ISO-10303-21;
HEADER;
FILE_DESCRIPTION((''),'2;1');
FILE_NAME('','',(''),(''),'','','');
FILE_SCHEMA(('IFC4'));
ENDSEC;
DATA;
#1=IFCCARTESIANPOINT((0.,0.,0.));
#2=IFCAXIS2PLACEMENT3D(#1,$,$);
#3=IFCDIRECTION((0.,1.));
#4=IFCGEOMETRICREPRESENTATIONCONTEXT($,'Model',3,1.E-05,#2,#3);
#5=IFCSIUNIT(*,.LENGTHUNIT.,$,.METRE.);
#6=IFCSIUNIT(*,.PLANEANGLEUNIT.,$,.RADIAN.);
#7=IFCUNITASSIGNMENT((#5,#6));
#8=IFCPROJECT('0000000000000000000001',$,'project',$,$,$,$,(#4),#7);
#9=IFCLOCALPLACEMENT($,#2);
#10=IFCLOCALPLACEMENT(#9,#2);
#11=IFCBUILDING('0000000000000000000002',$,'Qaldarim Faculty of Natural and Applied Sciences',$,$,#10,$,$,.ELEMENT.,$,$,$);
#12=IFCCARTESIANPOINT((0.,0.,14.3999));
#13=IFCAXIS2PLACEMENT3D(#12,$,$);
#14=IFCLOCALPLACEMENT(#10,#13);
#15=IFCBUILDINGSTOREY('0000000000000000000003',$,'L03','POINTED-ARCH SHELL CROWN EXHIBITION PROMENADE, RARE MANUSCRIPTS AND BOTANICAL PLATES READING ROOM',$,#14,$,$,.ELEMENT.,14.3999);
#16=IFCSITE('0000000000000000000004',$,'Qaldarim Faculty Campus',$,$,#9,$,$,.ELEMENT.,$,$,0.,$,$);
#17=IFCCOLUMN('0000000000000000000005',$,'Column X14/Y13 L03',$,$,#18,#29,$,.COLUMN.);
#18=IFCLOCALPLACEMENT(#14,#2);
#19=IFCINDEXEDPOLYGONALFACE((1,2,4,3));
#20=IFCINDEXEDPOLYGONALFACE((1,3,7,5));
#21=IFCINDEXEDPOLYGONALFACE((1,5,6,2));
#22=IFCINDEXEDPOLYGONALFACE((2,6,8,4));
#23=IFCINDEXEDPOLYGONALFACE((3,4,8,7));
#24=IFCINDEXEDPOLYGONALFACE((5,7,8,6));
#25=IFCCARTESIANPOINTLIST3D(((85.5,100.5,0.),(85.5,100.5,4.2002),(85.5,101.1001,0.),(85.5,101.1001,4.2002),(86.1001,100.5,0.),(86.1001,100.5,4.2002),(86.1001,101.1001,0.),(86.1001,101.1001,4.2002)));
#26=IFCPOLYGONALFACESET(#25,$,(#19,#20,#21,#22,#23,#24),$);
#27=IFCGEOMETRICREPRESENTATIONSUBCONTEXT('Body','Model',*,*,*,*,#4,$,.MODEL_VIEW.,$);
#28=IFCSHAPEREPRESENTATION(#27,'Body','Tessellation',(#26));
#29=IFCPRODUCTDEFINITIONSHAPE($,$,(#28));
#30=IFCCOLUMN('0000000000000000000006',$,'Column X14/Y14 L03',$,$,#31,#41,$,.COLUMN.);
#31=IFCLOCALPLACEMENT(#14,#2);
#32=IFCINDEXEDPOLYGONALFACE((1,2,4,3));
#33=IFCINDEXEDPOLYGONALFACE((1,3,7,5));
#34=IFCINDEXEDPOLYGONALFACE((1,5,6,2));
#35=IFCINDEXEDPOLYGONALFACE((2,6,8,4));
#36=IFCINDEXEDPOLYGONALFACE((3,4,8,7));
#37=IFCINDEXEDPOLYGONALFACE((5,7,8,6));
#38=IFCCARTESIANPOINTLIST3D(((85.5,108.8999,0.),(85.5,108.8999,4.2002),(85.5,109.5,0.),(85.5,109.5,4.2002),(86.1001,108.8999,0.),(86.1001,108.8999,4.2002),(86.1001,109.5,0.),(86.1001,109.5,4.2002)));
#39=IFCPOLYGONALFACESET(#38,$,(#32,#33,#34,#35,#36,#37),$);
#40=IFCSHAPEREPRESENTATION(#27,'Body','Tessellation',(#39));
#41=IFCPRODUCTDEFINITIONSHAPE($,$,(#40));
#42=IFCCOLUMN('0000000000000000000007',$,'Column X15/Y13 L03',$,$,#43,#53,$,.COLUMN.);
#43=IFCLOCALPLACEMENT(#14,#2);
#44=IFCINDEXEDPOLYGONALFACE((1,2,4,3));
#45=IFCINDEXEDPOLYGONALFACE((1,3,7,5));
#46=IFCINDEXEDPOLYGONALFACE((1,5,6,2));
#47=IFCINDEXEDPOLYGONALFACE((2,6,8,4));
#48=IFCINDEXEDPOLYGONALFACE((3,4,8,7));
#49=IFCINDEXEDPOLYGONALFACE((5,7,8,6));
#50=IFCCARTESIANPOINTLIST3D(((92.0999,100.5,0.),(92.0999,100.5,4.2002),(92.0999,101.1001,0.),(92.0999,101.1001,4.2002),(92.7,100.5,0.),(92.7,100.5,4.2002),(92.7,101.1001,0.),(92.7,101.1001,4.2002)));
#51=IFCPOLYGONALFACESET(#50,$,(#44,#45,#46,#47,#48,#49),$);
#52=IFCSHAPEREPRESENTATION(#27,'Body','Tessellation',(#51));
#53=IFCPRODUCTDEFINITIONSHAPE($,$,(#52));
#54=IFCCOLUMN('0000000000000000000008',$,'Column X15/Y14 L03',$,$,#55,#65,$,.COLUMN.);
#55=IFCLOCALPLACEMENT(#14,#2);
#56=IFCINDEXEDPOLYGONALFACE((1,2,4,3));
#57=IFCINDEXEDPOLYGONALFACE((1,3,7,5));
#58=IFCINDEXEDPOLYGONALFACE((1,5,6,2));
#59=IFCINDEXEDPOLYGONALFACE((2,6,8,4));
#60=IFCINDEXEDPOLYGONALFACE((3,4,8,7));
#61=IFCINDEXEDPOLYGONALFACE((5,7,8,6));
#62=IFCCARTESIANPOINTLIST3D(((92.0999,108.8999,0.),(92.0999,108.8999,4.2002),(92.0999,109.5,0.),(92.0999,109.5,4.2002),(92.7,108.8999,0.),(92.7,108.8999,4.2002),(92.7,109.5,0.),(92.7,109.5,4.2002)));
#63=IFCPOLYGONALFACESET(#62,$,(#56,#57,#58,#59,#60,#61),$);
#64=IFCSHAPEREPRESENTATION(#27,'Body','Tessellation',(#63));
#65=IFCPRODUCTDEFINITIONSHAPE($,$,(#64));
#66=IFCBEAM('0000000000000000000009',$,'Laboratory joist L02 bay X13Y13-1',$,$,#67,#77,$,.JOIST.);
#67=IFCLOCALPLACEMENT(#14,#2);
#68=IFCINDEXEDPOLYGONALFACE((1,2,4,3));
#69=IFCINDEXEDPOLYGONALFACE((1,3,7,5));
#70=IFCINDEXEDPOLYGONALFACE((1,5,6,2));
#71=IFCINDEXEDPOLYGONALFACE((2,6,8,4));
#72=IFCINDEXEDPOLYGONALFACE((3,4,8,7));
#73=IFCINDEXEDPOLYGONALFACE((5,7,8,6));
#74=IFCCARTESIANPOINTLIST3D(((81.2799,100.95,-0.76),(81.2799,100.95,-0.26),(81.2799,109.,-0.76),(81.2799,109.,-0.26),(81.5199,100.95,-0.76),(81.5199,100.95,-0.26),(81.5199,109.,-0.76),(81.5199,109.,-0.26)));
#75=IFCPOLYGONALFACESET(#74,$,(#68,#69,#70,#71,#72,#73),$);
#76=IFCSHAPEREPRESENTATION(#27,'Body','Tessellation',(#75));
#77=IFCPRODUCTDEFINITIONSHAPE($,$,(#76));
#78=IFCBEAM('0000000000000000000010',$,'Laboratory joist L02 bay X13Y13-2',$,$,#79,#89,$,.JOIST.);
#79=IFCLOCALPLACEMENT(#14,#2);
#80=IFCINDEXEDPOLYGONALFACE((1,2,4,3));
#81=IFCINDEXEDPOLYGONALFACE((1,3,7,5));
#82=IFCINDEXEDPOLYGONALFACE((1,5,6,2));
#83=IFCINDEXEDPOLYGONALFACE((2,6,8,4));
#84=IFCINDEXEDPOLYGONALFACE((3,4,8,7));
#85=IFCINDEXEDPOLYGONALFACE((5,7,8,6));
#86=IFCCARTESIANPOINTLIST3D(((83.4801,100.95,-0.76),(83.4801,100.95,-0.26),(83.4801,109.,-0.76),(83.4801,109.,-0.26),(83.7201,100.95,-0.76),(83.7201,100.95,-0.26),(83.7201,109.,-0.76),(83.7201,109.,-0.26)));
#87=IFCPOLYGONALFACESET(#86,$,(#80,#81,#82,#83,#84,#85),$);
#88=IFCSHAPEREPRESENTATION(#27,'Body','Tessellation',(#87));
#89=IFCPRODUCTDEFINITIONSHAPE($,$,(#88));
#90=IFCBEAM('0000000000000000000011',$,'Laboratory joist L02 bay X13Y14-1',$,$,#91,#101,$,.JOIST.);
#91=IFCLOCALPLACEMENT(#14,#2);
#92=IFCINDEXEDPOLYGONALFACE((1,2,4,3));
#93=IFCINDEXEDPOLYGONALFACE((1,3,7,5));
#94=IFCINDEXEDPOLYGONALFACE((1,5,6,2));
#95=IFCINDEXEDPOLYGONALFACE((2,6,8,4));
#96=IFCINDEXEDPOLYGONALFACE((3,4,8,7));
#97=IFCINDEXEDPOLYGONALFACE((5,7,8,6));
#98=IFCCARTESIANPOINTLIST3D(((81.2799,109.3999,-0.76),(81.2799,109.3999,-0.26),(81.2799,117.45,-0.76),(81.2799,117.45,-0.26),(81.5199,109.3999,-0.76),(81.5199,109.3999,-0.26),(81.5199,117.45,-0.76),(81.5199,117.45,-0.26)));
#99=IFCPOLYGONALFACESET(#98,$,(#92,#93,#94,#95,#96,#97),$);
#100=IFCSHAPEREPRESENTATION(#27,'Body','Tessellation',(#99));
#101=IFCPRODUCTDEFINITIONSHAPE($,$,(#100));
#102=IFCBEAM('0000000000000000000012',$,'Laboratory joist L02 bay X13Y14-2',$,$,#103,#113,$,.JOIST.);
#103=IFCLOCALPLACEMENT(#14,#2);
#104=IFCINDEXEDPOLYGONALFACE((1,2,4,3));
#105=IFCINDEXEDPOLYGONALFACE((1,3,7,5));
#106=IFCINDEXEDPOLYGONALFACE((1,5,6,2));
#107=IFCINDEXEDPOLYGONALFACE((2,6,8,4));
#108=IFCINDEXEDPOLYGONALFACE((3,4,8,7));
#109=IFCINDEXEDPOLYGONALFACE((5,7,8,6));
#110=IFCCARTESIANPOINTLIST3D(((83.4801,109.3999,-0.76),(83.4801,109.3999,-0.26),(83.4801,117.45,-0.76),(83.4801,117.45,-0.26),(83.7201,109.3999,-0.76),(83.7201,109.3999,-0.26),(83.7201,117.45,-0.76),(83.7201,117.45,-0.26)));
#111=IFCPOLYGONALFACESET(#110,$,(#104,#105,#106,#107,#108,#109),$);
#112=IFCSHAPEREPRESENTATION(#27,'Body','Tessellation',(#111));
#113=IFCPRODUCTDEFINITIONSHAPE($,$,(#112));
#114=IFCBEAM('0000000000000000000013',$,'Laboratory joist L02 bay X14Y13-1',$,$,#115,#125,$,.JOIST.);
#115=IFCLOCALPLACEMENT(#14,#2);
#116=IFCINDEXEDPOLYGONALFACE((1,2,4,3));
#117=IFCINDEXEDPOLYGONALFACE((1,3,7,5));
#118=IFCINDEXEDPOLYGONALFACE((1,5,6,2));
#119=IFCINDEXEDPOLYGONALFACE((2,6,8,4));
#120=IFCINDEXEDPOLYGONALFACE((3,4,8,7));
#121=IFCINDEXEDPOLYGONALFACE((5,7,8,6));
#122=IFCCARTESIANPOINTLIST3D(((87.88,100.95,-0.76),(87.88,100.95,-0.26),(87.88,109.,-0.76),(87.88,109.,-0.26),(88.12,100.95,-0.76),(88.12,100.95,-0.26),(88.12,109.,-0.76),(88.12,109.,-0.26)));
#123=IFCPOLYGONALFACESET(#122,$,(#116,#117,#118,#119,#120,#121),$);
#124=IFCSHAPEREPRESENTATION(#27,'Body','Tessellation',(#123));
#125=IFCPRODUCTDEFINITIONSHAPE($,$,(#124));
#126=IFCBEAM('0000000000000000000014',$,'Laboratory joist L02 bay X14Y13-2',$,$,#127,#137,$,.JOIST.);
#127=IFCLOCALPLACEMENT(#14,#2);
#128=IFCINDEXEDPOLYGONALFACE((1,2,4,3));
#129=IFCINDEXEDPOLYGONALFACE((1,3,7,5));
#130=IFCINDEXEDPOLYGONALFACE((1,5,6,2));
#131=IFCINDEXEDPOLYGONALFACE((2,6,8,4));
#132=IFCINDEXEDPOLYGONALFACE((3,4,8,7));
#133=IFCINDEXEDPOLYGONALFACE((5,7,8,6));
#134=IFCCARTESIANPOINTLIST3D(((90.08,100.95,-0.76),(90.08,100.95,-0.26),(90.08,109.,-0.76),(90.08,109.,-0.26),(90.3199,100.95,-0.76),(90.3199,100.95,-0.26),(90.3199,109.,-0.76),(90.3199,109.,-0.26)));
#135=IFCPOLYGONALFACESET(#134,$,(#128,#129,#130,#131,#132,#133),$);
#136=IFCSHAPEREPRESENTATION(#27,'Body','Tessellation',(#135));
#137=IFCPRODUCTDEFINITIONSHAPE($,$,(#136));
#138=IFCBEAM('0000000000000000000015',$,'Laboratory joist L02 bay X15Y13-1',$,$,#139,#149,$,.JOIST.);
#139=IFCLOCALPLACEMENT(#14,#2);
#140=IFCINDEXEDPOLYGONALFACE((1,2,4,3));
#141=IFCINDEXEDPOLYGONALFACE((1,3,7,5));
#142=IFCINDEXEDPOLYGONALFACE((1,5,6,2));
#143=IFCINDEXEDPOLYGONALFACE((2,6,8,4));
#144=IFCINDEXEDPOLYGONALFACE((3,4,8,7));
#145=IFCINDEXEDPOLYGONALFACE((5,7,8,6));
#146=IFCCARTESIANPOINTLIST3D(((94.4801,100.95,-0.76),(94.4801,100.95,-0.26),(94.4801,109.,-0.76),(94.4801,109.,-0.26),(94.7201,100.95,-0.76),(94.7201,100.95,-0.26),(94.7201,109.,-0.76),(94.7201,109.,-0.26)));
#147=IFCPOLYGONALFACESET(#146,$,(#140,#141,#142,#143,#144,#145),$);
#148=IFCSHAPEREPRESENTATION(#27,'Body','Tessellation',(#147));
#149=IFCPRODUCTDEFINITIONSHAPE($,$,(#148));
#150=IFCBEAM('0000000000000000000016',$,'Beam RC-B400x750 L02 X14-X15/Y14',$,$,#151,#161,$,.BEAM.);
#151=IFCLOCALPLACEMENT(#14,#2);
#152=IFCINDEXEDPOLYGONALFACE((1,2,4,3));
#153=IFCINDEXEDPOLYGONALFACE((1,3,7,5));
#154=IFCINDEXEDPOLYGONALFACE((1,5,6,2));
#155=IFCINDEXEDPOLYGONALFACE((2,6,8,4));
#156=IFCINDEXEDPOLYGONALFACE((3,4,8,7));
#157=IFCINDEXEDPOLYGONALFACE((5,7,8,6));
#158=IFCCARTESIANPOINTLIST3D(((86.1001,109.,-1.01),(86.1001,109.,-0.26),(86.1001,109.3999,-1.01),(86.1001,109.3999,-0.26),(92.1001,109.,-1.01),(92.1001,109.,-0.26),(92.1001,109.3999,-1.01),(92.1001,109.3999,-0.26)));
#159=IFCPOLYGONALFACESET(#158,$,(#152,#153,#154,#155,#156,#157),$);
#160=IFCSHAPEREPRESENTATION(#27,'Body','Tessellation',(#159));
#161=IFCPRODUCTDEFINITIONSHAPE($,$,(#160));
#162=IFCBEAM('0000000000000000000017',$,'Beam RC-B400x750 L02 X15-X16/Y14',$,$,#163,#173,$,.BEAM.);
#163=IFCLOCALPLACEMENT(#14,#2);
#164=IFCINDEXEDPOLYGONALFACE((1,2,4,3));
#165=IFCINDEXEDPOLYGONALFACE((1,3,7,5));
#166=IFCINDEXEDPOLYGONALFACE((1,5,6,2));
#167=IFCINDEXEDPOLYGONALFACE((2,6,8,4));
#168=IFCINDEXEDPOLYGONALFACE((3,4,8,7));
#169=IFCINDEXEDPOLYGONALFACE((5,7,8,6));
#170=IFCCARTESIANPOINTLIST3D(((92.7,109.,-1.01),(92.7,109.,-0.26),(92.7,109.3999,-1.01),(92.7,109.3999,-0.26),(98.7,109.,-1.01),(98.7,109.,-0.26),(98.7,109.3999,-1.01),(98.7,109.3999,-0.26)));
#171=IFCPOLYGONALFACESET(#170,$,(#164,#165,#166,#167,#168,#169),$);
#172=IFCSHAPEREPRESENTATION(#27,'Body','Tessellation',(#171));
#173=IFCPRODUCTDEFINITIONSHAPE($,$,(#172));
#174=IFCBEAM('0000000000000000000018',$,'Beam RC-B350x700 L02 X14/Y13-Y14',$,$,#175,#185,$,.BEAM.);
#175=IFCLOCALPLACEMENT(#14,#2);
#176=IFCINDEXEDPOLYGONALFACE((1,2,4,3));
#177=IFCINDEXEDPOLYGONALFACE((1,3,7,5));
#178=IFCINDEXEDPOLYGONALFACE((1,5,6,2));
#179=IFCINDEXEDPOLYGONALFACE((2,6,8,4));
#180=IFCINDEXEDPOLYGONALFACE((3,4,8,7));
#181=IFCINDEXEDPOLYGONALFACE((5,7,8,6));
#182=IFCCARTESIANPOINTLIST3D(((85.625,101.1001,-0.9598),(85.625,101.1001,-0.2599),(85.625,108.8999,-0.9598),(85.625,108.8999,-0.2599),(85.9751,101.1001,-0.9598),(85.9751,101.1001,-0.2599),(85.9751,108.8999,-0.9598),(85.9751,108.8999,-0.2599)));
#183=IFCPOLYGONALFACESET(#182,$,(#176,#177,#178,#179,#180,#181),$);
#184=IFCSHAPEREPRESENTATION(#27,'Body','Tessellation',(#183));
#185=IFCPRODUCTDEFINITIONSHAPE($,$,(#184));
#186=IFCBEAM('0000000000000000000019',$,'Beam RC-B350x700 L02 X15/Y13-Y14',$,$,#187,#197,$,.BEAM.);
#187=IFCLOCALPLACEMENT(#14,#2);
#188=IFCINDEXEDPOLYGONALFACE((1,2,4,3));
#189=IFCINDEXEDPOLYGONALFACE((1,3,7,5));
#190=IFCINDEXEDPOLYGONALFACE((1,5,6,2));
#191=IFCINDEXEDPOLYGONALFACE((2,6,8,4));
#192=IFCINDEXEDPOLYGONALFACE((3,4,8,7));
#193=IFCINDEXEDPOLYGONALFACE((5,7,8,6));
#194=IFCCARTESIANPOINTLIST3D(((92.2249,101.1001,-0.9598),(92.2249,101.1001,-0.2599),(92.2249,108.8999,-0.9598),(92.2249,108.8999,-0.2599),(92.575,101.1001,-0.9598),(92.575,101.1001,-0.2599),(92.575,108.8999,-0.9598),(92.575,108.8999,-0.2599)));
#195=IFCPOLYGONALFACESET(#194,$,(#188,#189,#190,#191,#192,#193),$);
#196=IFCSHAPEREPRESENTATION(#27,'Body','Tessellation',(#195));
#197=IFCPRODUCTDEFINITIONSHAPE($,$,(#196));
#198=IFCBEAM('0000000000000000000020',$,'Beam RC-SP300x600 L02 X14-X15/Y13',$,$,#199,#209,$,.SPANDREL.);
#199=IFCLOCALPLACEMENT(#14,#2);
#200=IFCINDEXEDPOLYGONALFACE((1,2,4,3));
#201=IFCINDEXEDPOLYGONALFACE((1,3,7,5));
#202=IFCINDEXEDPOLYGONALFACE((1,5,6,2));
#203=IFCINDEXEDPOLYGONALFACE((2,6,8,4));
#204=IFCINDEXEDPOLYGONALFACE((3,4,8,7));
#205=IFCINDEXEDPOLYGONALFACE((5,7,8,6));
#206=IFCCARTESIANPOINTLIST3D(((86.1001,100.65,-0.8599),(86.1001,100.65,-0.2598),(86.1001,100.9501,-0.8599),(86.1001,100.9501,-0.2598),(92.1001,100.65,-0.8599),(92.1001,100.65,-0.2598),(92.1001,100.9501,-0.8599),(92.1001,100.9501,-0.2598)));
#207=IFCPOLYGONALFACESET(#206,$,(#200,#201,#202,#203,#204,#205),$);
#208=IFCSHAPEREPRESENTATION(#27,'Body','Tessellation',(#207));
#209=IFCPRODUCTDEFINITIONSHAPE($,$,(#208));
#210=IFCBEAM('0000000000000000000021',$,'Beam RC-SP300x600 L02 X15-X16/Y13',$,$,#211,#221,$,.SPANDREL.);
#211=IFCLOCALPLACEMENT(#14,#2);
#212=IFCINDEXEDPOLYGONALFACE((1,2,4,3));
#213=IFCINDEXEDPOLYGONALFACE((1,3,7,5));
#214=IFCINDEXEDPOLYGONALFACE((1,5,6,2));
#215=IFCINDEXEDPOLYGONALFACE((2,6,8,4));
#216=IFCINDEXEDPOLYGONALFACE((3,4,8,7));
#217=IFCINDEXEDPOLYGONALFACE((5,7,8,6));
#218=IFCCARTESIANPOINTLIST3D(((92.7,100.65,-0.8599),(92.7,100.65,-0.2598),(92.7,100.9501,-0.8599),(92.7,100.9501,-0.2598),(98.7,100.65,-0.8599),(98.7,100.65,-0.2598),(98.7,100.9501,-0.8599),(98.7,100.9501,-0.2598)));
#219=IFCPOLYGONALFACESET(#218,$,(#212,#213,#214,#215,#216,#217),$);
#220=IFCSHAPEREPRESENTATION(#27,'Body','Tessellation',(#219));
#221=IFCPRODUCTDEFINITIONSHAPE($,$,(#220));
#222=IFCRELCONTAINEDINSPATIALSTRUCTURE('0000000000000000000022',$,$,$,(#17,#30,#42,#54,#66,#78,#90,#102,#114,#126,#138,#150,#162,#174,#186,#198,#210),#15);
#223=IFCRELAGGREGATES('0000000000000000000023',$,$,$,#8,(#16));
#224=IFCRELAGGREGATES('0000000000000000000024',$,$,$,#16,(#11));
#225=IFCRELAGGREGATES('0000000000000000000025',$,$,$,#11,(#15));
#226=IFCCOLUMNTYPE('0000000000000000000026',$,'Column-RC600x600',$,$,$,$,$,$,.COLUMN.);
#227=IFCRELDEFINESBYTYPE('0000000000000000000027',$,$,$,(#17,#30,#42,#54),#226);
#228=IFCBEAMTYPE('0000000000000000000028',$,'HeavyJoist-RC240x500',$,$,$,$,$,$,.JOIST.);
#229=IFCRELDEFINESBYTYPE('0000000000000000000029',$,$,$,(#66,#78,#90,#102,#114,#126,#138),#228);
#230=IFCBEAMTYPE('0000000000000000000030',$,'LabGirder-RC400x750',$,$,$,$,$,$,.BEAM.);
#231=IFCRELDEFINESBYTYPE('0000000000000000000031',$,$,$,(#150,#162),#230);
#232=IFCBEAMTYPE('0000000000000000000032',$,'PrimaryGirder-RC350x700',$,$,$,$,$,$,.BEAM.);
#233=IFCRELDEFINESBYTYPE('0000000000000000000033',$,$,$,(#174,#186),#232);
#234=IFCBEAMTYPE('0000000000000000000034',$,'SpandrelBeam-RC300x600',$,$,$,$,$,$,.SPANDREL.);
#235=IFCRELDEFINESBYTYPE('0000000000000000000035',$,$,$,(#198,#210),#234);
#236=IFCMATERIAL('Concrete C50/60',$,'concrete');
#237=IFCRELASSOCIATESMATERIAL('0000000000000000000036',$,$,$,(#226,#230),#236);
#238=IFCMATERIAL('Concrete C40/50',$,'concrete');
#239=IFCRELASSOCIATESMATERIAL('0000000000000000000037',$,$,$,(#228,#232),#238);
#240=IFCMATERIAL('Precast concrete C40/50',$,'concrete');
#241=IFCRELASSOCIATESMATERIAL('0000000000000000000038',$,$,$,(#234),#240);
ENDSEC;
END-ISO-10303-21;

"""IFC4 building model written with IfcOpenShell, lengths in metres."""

from ifc_helpers import new_model, si_unit, direction, frame, origin, origin_2d, place, context, subcontext, project, spatial, rectangle, extrude, material, material_profile, profile_set, type_object, element, save


model = new_model("IFC4")

# Units and contexts
model_context = context("Model", 3, precision=1e-05, world=origin(), true_north=direction((0.0, 1.0)))
body_context = subcontext(model_context, "Body", "Model", "MODEL_VIEW")
ifc_project = project(units=[si_unit("LENGTHUNIT", "METRE"), si_unit("PLANEANGLEUNIT", "RADIAN")], contexts=[model_context])

# Site, building, storey
site_placement = place(None, origin())
site = spatial("IfcSite", under=ifc_project, at=site_placement, Name="Qaldarim Faculty Campus", CompositionType="ELEMENT", RefElevation=0.0)
building_placement = place(site_placement, origin())
building = spatial("IfcBuilding", under=site, at=building_placement, Name="Qaldarim Faculty of Natural and Applied Sciences", CompositionType="ELEMENT")
storey_placement = place(building_placement, frame((0.0, 0.0, 14.3999)))
storey = spatial("IfcBuildingStorey", under=building, at=storey_placement, Name="L03", Description="POINTED-ARCH SHELL CROWN EXHIBITION PROMENADE, RARE MANUSCRIPTS AND BOTANICAL PLATES READING ROOM", CompositionType="ELEMENT", Elevation=14.3999)

# Columns
ifc_material_1 = material(Name="Concrete C50/60", Category="concrete")
ifc_material_profile_1 = material_profile(ifc_material_1, rectangle(XDim=0.6001, YDim=0.6001, at=origin_2d()), Name="RC-C600x600")
ifc_profile_set_1 = profile_set([ifc_material_profile_1], Name="Concrete C50/60")
column_type = type_object("IfcColumnType", Name="Column-RC600x600", PredefinedType="COLUMN", material=ifc_profile_set_1)
for number, where, z_axis, x_axis, name in (
    (1, (85.8, 100.8, 0.0), (0.0, 0.0, 1.0), (1.0, 0.0, 0.0), "Column X14/Y13 L03"),
    (2, (85.8, 109.2, 0.0), (0.0, 0.0, 1.0), (1.0, 0.0, 0.0), "Column X14/Y14 L03"),
    (3, (92.3999, 100.8, 0.0), (0.0, 0.0, 1.0), (1.0, 0.0, 0.0), "Column X15/Y13 L03"),
    (4, (92.3999, 109.2, 0.0), (0.0, 0.0, 1.0), (1.0, 0.0, 0.0), "Column X15/Y14 L03"),
):
    element("IfcColumn", number, at=place(storey_placement, frame(where, z_axis=z_axis, x_axis=x_axis)), inside=storey, type_object=column_type, Name=name, PredefinedType="COLUMN", context=body_context, shape_type="SweptSolid", body=[
        extrude(rectangle(XDim=0.6001, YDim=0.6001, at=origin_2d()), origin(), (0.0, 0.0, 1.0), 4.2002),
    ])

# Beams
ifc_material_2 = material(Name="Concrete C40/50", Category="concrete")
ifc_material_profile_2 = material_profile(ifc_material_2, rectangle(XDim=0.24, YDim=0.5, at=origin_2d()), Name="RC-J240x500")
ifc_profile_set_2 = profile_set([ifc_material_profile_2], Name="Concrete C40/50")
beam_type_1 = type_object("IfcBeamType", Name="HeavyJoist-RC240x500", PredefinedType="JOIST", material=ifc_profile_set_2)
for number, where, z_axis, x_axis, name in (
    (5, (81.3999, 100.95, -0.51), (0.0, 1.0, 0.0), (-1.0, 0.0, 0.0), "Laboratory joist L02 bay X13Y13-1"),
    (6, (83.6001, 100.95, -0.51), (0.0, 1.0, 0.0), (-1.0, 0.0, 0.0), "Laboratory joist L02 bay X13Y13-2"),
    (7, (81.3999, 109.3999, -0.51), (0.0, 1.0, 0.0), (-1.0, 0.0, 0.0), "Laboratory joist L02 bay X13Y14-1"),
    (8, (83.6001, 109.3999, -0.51), (0.0, 1.0, 0.0), (-1.0, 0.0, 0.0), "Laboratory joist L02 bay X13Y14-2"),
    (9, (88.0, 100.95, -0.51), (0.0, 1.0, 0.0), (-1.0, 0.0, 0.0), "Laboratory joist L02 bay X14Y13-1"),
    (10, (90.2, 100.95, -0.51), (0.0, 1.0, 0.0), (-1.0, 0.0, 0.0), "Laboratory joist L02 bay X14Y13-2"),
    (11, (94.6001, 100.95, -0.51), (0.0, 1.0, 0.0), (-1.0, 0.0, 0.0), "Laboratory joist L02 bay X15Y13-1"),
):
    element("IfcBeam", number, at=place(storey_placement, frame(where, z_axis=z_axis, x_axis=x_axis)), inside=storey, type_object=beam_type_1, Name=name, PredefinedType="JOIST", context=body_context, shape_type="SweptSolid", body=[
        extrude(rectangle(XDim=0.24, YDim=0.5, at=origin_2d()), origin(), (0.0, 0.0, 1.0), 8.05),
    ])
ifc_material_profile_3 = material_profile(ifc_material_1, rectangle(XDim=0.3999, YDim=0.75, at=origin_2d()), Name="RC-B400x750")
ifc_profile_set_3 = profile_set([ifc_material_profile_3], Name="Concrete C50/60")
beam_type_2 = type_object("IfcBeamType", Name="LabGirder-RC400x750", PredefinedType="BEAM", material=ifc_profile_set_3)
for number, where, z_axis, x_axis, name in (
    (12, (86.1001, 109.2, -0.635), (1.0, 0.0, 0.0), (0.0, 1.0, 0.0), "Beam RC-B400x750 L02 X14-X15/Y14"),
    (13, (92.7, 109.2, -0.635), (1.0, 0.0, 0.0), (0.0, 1.0, 0.0), "Beam RC-B400x750 L02 X15-X16/Y14"),
):
    element("IfcBeam", number, at=place(storey_placement, frame(where, z_axis=z_axis, x_axis=x_axis)), inside=storey, type_object=beam_type_2, Name=name, PredefinedType="BEAM", context=body_context, shape_type="SweptSolid", body=[
        extrude(rectangle(XDim=0.3999, YDim=0.75, at=origin_2d()), origin(), (0.0, 0.0, 1.0), 6.0),
    ])
ifc_material_profile_4 = material_profile(ifc_material_2, rectangle(XDim=0.3501, YDim=0.7, at=origin_2d()), Name="RC-B350x700")
ifc_profile_set_4 = profile_set([ifc_material_profile_4], Name="Concrete C40/50")
beam_type_3 = type_object("IfcBeamType", Name="PrimaryGirder-RC350x700", PredefinedType="BEAM", material=ifc_profile_set_4)
for number, where, z_axis, x_axis, name in (
    (14, (85.8, 101.1001, -0.6099), (0.0, 1.0, 0.0), (-1.0, 0.0, 0.0), "Beam RC-B350x700 L02 X14/Y13-Y14"),
    (15, (92.3999, 101.1001, -0.6099), (0.0, 1.0, 0.0), (-1.0, 0.0, 0.0), "Beam RC-B350x700 L02 X15/Y13-Y14"),
):
    element("IfcBeam", number, at=place(storey_placement, frame(where, z_axis=z_axis, x_axis=x_axis)), inside=storey, type_object=beam_type_3, Name=name, PredefinedType="BEAM", context=body_context, shape_type="SweptSolid", body=[
        extrude(rectangle(XDim=0.3501, YDim=0.7, at=origin_2d()), origin(), (0.0, 0.0, 1.0), 7.7998),
    ])
ifc_material_3 = material(Name="Precast concrete C40/50", Category="concrete")
ifc_material_profile_5 = material_profile(ifc_material_3, rectangle(XDim=0.3, YDim=0.6001, at=origin_2d()), Name="RC-SP300x600")
ifc_profile_set_5 = profile_set([ifc_material_profile_5], Name="Precast concrete C40/50")
beam_type_4 = type_object("IfcBeamType", Name="SpandrelBeam-RC300x600", PredefinedType="SPANDREL", material=ifc_profile_set_5)
for number, where, z_axis, x_axis, name in (
    (16, (86.1001, 100.8, -0.5598), (1.0, 0.0, 0.0), (0.0, 1.0, 0.0), "Beam RC-SP300x600 L02 X14-X15/Y13"),
    (17, (92.7, 100.8, -0.5598), (1.0, 0.0, 0.0), (0.0, 1.0, 0.0), "Beam RC-SP300x600 L02 X15-X16/Y13"),
):
    element("IfcBeam", number, at=place(storey_placement, frame(where, z_axis=z_axis, x_axis=x_axis)), inside=storey, type_object=beam_type_4, Name=name, PredefinedType="SPANDREL", context=body_context, shape_type="SweptSolid", body=[
        extrude(rectangle(XDim=0.3, YDim=0.6001, at=origin_2d()), origin(), (0.0, 0.0, 1.0), 6.0),
    ])

save(model, "model.ifc")
